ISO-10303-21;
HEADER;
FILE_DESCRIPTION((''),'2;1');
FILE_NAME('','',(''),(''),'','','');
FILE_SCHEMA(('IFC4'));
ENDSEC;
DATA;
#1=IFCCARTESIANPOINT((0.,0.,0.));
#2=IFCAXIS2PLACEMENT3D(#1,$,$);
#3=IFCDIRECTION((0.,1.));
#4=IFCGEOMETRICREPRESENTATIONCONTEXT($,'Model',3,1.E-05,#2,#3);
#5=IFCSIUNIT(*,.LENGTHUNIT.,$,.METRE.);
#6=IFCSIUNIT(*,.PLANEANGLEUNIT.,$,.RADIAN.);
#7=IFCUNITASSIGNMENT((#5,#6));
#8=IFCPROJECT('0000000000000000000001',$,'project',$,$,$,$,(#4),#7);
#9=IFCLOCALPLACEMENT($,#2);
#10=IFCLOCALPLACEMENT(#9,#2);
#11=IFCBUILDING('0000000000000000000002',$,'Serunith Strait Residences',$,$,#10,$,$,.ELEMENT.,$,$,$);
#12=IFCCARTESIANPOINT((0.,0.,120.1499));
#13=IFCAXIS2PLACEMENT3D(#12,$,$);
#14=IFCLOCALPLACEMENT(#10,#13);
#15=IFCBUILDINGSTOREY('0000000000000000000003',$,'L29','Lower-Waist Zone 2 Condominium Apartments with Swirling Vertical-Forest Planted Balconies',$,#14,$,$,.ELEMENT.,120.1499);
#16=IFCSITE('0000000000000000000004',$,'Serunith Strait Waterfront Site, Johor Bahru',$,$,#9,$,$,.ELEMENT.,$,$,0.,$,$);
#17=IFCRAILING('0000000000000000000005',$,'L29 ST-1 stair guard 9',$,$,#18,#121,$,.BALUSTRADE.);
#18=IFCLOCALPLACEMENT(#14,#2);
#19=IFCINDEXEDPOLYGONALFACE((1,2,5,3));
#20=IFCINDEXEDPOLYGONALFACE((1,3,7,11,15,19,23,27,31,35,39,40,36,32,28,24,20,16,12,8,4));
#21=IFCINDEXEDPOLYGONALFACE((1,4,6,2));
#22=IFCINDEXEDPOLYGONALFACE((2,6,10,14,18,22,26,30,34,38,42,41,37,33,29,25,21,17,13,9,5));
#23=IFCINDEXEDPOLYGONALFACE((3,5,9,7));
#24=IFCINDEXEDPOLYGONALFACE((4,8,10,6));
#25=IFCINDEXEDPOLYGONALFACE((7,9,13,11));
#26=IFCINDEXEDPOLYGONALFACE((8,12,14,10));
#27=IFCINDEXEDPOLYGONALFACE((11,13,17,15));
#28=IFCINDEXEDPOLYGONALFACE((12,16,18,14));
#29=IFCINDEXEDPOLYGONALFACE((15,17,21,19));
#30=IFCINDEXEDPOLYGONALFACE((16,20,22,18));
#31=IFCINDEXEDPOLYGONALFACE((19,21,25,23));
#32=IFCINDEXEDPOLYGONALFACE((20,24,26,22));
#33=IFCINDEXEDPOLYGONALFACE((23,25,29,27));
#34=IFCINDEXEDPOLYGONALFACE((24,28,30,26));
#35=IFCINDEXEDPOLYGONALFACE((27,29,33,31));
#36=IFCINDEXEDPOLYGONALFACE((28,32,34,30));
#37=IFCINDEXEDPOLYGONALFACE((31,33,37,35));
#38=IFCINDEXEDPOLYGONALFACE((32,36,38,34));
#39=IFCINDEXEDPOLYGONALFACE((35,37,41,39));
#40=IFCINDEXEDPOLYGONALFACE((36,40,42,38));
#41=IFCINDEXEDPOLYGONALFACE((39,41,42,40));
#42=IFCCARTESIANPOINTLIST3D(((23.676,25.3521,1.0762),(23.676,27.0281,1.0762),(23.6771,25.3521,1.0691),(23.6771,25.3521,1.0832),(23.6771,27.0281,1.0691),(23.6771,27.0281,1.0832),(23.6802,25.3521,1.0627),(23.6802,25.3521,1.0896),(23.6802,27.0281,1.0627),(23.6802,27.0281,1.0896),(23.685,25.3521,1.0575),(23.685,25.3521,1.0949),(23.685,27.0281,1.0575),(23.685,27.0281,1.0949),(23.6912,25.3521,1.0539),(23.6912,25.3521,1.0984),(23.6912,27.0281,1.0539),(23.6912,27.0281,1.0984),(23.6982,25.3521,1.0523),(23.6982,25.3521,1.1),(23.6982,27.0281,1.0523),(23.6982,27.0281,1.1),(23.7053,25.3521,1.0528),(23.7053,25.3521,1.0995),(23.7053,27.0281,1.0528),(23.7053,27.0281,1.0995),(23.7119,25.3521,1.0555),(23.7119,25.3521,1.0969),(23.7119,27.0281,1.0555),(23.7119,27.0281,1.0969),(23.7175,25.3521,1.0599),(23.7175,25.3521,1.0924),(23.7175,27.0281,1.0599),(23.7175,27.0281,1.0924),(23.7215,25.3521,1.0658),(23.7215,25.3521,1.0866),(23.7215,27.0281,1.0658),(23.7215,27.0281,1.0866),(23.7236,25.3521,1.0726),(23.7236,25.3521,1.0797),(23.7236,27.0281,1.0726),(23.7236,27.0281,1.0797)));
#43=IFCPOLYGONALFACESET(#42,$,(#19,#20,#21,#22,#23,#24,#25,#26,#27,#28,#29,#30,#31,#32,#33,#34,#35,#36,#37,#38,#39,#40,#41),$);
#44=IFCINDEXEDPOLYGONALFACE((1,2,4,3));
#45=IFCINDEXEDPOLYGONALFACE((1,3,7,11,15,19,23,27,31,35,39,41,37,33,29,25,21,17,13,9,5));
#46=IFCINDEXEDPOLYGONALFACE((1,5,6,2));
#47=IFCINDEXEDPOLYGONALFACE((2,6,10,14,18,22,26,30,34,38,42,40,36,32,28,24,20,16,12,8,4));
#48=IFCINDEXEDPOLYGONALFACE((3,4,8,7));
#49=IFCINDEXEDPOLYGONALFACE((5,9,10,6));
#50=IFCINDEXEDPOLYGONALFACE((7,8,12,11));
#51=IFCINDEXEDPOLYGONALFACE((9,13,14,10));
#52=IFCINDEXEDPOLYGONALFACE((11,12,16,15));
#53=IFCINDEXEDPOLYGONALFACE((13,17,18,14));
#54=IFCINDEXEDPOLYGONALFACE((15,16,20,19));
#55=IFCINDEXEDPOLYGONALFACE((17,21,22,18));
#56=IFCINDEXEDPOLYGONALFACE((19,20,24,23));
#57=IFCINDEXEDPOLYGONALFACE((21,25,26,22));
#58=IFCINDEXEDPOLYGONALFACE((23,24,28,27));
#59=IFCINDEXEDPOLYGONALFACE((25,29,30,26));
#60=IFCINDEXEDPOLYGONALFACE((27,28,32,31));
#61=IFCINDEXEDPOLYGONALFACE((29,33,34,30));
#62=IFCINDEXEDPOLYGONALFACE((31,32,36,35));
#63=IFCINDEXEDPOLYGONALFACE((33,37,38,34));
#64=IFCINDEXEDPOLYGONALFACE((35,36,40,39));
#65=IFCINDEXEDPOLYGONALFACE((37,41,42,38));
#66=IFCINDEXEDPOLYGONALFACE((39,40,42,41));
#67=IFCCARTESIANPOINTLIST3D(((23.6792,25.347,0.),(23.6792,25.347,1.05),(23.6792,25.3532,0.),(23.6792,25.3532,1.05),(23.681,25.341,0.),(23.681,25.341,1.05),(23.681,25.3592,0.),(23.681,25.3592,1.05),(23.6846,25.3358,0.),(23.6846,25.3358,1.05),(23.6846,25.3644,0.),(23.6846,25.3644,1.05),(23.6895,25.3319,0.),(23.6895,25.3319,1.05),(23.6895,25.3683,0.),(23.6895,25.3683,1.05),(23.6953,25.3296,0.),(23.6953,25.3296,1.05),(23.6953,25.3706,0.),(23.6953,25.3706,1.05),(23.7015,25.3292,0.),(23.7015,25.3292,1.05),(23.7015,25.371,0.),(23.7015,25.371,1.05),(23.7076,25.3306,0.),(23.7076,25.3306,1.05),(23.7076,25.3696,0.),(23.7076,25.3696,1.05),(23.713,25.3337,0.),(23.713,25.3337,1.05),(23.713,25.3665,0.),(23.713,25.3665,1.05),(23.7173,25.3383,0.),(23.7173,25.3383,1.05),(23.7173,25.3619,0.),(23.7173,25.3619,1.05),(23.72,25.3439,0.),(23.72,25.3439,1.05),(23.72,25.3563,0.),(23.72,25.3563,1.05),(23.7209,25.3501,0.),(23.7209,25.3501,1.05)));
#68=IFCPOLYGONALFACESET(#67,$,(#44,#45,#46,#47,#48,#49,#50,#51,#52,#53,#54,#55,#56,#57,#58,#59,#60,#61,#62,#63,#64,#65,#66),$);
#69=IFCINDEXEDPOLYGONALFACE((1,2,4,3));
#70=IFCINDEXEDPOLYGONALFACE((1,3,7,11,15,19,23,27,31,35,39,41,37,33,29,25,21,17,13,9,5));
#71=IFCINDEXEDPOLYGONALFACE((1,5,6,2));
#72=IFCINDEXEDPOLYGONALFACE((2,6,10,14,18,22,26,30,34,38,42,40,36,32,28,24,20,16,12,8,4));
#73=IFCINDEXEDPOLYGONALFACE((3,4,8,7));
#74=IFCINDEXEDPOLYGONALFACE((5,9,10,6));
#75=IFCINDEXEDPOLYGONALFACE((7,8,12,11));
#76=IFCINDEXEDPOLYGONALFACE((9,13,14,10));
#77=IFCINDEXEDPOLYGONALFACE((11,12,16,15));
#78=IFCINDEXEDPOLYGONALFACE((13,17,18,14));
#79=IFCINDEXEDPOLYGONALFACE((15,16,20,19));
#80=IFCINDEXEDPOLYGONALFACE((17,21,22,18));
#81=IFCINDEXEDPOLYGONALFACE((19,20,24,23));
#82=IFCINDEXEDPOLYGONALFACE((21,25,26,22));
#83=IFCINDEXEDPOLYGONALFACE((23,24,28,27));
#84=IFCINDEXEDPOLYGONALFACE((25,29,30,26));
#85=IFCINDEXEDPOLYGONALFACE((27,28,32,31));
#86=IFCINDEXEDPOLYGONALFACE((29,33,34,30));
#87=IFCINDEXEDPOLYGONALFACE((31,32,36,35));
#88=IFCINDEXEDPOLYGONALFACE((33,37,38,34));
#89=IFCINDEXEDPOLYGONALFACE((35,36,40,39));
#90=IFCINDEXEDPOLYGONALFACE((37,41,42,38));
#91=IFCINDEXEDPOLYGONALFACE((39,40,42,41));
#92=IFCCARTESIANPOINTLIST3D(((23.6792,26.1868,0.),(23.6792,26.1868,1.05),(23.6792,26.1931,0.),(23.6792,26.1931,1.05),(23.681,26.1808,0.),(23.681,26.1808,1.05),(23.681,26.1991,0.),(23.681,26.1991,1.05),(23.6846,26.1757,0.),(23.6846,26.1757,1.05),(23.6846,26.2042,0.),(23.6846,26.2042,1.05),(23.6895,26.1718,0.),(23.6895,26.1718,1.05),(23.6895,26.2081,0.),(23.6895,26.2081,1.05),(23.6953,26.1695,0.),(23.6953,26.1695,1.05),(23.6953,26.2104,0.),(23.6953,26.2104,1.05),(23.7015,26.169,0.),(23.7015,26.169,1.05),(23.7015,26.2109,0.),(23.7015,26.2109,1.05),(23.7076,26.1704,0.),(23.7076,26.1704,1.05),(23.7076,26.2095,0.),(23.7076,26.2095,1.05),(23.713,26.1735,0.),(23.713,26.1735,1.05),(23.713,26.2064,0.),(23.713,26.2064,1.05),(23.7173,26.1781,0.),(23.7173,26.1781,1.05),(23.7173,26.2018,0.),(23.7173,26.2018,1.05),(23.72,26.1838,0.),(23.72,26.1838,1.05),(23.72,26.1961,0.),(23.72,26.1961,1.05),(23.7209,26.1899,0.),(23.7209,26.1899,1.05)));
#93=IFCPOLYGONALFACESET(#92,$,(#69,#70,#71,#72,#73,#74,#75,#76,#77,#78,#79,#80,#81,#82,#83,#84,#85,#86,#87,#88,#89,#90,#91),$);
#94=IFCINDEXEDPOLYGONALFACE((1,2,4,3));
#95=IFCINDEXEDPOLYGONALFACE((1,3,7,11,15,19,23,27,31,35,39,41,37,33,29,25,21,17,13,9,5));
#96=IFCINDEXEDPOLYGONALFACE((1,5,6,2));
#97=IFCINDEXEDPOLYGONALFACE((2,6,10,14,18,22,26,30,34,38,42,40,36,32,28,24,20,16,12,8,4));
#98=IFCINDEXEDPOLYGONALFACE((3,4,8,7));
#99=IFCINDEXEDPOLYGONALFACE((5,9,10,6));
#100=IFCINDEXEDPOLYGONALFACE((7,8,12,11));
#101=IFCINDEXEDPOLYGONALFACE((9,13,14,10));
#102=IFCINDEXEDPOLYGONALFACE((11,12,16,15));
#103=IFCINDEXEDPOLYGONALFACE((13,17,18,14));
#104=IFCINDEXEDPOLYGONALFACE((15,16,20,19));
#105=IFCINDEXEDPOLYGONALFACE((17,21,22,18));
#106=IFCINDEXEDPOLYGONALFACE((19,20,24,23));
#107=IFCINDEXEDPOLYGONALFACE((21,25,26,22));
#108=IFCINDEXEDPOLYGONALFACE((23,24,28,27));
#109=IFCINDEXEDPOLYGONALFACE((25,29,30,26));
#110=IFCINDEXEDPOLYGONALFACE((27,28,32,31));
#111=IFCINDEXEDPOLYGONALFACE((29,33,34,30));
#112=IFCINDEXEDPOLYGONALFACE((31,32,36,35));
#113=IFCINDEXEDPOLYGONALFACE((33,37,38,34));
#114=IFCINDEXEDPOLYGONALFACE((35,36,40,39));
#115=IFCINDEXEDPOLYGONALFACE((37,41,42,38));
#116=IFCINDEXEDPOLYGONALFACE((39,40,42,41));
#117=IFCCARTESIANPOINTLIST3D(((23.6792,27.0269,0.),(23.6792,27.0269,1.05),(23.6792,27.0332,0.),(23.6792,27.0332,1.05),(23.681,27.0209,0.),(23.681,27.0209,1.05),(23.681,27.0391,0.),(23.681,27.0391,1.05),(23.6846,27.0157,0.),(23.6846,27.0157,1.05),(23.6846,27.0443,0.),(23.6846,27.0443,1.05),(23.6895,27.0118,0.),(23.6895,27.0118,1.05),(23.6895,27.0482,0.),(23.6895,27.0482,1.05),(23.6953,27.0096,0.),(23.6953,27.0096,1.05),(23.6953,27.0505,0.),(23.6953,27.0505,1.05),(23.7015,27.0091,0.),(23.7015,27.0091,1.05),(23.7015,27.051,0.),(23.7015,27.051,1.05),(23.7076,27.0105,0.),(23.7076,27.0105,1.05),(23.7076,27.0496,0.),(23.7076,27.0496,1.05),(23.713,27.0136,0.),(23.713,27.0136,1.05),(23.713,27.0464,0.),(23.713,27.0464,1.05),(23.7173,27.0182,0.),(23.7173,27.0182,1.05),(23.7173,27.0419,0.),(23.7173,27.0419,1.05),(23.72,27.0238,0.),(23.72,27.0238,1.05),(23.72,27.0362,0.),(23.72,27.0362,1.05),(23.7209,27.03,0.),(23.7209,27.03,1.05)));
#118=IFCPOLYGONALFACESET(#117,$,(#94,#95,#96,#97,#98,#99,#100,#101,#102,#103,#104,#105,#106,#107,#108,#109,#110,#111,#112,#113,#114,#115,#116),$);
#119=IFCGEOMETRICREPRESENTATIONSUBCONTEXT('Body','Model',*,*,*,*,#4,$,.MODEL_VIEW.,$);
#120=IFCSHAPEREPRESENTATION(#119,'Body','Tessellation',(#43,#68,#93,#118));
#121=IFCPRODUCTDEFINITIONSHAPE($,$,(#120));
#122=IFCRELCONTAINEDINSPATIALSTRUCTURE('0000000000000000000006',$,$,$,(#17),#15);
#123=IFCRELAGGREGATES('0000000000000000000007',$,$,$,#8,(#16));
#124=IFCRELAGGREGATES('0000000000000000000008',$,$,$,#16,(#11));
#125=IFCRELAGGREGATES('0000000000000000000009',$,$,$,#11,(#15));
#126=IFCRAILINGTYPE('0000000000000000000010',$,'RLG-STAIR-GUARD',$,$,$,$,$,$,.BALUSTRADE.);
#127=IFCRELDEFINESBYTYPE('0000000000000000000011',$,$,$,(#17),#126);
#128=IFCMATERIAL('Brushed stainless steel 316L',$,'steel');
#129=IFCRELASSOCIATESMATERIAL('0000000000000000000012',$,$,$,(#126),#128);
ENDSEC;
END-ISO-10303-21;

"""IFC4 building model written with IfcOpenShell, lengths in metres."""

from ifc_helpers import new_model, si_unit, direction, frame, origin, origin_2d, place, context, subcontext, project, spatial, circle, extrude, material, type_object, element, save


model = new_model("IFC4")

# Units and contexts
model_context = context("Model", 3, precision=1e-05, world=origin(), true_north=direction((0.0, 1.0)))
body_context = subcontext(model_context, "Body", "Model", "MODEL_VIEW")
ifc_project = project(units=[si_unit("LENGTHUNIT", "METRE"), si_unit("PLANEANGLEUNIT", "RADIAN")], contexts=[model_context])

# Site, building, storey
site_placement = place(None, origin())
site = spatial("IfcSite", under=ifc_project, at=site_placement, Name="Serunith Strait Waterfront Site, Johor Bahru", CompositionType="ELEMENT", RefElevation=0.0)
building_placement = place(site_placement, origin())
building = spatial("IfcBuilding", under=site, at=building_placement, Name="Serunith Strait Residences", CompositionType="ELEMENT")
storey_placement = place(building_placement, frame((0.0, 0.0, 120.1499)))
storey = spatial("IfcBuildingStorey", under=building, at=storey_placement, Name="L29", Description="Lower-Waist Zone 2 Condominium Apartments with Swirling Vertical-Forest Planted Balconies", CompositionType="ELEMENT", Elevation=120.1499)

# Railing
ifc_material_1 = material(Name="Brushed stainless steel 316L", Category="steel")
railing_type_1 = type_object("IfcRailingType", Name="RLG-STAIR-GUARD", PredefinedType="BALUSTRADE", material=ifc_material_1)
for number, where, name in (
    (1, (23.7, 25.3501, 0.0), "L29 ST-1 stair guard 9"),
):
    element("IfcRailing", number, at=place(storey_placement, frame(where)), inside=storey, type_object=railing_type_1, Name=name, PredefinedType="BALUSTRADE", context=body_context, shape_type="SweptSolid", body=[
        extrude(circle(Radius=0.0239, at=origin_2d()), frame((0.0, 0.002, 1.0762), z_axis=(0.0, 1.0, 0.0), x_axis=(-1.0, 0.0, 0.0)), (0.0, 0.0, 1.0), 1.676),
        extrude(circle(Radius=0.021, at=origin_2d()), origin(), (0.0, 0.0, 1.0), 1.05),
        extrude(circle(Radius=0.021, at=origin_2d()), frame((0.0, 0.8398, 0.0)), (0.0, 0.0, 1.0), 1.05),
        extrude(circle(Radius=0.021, at=origin_2d()), frame((0.0, 1.6799, 0.0)), (0.0, 0.0, 1.0), 1.05),
    ])

save(model, "model.ifc")
